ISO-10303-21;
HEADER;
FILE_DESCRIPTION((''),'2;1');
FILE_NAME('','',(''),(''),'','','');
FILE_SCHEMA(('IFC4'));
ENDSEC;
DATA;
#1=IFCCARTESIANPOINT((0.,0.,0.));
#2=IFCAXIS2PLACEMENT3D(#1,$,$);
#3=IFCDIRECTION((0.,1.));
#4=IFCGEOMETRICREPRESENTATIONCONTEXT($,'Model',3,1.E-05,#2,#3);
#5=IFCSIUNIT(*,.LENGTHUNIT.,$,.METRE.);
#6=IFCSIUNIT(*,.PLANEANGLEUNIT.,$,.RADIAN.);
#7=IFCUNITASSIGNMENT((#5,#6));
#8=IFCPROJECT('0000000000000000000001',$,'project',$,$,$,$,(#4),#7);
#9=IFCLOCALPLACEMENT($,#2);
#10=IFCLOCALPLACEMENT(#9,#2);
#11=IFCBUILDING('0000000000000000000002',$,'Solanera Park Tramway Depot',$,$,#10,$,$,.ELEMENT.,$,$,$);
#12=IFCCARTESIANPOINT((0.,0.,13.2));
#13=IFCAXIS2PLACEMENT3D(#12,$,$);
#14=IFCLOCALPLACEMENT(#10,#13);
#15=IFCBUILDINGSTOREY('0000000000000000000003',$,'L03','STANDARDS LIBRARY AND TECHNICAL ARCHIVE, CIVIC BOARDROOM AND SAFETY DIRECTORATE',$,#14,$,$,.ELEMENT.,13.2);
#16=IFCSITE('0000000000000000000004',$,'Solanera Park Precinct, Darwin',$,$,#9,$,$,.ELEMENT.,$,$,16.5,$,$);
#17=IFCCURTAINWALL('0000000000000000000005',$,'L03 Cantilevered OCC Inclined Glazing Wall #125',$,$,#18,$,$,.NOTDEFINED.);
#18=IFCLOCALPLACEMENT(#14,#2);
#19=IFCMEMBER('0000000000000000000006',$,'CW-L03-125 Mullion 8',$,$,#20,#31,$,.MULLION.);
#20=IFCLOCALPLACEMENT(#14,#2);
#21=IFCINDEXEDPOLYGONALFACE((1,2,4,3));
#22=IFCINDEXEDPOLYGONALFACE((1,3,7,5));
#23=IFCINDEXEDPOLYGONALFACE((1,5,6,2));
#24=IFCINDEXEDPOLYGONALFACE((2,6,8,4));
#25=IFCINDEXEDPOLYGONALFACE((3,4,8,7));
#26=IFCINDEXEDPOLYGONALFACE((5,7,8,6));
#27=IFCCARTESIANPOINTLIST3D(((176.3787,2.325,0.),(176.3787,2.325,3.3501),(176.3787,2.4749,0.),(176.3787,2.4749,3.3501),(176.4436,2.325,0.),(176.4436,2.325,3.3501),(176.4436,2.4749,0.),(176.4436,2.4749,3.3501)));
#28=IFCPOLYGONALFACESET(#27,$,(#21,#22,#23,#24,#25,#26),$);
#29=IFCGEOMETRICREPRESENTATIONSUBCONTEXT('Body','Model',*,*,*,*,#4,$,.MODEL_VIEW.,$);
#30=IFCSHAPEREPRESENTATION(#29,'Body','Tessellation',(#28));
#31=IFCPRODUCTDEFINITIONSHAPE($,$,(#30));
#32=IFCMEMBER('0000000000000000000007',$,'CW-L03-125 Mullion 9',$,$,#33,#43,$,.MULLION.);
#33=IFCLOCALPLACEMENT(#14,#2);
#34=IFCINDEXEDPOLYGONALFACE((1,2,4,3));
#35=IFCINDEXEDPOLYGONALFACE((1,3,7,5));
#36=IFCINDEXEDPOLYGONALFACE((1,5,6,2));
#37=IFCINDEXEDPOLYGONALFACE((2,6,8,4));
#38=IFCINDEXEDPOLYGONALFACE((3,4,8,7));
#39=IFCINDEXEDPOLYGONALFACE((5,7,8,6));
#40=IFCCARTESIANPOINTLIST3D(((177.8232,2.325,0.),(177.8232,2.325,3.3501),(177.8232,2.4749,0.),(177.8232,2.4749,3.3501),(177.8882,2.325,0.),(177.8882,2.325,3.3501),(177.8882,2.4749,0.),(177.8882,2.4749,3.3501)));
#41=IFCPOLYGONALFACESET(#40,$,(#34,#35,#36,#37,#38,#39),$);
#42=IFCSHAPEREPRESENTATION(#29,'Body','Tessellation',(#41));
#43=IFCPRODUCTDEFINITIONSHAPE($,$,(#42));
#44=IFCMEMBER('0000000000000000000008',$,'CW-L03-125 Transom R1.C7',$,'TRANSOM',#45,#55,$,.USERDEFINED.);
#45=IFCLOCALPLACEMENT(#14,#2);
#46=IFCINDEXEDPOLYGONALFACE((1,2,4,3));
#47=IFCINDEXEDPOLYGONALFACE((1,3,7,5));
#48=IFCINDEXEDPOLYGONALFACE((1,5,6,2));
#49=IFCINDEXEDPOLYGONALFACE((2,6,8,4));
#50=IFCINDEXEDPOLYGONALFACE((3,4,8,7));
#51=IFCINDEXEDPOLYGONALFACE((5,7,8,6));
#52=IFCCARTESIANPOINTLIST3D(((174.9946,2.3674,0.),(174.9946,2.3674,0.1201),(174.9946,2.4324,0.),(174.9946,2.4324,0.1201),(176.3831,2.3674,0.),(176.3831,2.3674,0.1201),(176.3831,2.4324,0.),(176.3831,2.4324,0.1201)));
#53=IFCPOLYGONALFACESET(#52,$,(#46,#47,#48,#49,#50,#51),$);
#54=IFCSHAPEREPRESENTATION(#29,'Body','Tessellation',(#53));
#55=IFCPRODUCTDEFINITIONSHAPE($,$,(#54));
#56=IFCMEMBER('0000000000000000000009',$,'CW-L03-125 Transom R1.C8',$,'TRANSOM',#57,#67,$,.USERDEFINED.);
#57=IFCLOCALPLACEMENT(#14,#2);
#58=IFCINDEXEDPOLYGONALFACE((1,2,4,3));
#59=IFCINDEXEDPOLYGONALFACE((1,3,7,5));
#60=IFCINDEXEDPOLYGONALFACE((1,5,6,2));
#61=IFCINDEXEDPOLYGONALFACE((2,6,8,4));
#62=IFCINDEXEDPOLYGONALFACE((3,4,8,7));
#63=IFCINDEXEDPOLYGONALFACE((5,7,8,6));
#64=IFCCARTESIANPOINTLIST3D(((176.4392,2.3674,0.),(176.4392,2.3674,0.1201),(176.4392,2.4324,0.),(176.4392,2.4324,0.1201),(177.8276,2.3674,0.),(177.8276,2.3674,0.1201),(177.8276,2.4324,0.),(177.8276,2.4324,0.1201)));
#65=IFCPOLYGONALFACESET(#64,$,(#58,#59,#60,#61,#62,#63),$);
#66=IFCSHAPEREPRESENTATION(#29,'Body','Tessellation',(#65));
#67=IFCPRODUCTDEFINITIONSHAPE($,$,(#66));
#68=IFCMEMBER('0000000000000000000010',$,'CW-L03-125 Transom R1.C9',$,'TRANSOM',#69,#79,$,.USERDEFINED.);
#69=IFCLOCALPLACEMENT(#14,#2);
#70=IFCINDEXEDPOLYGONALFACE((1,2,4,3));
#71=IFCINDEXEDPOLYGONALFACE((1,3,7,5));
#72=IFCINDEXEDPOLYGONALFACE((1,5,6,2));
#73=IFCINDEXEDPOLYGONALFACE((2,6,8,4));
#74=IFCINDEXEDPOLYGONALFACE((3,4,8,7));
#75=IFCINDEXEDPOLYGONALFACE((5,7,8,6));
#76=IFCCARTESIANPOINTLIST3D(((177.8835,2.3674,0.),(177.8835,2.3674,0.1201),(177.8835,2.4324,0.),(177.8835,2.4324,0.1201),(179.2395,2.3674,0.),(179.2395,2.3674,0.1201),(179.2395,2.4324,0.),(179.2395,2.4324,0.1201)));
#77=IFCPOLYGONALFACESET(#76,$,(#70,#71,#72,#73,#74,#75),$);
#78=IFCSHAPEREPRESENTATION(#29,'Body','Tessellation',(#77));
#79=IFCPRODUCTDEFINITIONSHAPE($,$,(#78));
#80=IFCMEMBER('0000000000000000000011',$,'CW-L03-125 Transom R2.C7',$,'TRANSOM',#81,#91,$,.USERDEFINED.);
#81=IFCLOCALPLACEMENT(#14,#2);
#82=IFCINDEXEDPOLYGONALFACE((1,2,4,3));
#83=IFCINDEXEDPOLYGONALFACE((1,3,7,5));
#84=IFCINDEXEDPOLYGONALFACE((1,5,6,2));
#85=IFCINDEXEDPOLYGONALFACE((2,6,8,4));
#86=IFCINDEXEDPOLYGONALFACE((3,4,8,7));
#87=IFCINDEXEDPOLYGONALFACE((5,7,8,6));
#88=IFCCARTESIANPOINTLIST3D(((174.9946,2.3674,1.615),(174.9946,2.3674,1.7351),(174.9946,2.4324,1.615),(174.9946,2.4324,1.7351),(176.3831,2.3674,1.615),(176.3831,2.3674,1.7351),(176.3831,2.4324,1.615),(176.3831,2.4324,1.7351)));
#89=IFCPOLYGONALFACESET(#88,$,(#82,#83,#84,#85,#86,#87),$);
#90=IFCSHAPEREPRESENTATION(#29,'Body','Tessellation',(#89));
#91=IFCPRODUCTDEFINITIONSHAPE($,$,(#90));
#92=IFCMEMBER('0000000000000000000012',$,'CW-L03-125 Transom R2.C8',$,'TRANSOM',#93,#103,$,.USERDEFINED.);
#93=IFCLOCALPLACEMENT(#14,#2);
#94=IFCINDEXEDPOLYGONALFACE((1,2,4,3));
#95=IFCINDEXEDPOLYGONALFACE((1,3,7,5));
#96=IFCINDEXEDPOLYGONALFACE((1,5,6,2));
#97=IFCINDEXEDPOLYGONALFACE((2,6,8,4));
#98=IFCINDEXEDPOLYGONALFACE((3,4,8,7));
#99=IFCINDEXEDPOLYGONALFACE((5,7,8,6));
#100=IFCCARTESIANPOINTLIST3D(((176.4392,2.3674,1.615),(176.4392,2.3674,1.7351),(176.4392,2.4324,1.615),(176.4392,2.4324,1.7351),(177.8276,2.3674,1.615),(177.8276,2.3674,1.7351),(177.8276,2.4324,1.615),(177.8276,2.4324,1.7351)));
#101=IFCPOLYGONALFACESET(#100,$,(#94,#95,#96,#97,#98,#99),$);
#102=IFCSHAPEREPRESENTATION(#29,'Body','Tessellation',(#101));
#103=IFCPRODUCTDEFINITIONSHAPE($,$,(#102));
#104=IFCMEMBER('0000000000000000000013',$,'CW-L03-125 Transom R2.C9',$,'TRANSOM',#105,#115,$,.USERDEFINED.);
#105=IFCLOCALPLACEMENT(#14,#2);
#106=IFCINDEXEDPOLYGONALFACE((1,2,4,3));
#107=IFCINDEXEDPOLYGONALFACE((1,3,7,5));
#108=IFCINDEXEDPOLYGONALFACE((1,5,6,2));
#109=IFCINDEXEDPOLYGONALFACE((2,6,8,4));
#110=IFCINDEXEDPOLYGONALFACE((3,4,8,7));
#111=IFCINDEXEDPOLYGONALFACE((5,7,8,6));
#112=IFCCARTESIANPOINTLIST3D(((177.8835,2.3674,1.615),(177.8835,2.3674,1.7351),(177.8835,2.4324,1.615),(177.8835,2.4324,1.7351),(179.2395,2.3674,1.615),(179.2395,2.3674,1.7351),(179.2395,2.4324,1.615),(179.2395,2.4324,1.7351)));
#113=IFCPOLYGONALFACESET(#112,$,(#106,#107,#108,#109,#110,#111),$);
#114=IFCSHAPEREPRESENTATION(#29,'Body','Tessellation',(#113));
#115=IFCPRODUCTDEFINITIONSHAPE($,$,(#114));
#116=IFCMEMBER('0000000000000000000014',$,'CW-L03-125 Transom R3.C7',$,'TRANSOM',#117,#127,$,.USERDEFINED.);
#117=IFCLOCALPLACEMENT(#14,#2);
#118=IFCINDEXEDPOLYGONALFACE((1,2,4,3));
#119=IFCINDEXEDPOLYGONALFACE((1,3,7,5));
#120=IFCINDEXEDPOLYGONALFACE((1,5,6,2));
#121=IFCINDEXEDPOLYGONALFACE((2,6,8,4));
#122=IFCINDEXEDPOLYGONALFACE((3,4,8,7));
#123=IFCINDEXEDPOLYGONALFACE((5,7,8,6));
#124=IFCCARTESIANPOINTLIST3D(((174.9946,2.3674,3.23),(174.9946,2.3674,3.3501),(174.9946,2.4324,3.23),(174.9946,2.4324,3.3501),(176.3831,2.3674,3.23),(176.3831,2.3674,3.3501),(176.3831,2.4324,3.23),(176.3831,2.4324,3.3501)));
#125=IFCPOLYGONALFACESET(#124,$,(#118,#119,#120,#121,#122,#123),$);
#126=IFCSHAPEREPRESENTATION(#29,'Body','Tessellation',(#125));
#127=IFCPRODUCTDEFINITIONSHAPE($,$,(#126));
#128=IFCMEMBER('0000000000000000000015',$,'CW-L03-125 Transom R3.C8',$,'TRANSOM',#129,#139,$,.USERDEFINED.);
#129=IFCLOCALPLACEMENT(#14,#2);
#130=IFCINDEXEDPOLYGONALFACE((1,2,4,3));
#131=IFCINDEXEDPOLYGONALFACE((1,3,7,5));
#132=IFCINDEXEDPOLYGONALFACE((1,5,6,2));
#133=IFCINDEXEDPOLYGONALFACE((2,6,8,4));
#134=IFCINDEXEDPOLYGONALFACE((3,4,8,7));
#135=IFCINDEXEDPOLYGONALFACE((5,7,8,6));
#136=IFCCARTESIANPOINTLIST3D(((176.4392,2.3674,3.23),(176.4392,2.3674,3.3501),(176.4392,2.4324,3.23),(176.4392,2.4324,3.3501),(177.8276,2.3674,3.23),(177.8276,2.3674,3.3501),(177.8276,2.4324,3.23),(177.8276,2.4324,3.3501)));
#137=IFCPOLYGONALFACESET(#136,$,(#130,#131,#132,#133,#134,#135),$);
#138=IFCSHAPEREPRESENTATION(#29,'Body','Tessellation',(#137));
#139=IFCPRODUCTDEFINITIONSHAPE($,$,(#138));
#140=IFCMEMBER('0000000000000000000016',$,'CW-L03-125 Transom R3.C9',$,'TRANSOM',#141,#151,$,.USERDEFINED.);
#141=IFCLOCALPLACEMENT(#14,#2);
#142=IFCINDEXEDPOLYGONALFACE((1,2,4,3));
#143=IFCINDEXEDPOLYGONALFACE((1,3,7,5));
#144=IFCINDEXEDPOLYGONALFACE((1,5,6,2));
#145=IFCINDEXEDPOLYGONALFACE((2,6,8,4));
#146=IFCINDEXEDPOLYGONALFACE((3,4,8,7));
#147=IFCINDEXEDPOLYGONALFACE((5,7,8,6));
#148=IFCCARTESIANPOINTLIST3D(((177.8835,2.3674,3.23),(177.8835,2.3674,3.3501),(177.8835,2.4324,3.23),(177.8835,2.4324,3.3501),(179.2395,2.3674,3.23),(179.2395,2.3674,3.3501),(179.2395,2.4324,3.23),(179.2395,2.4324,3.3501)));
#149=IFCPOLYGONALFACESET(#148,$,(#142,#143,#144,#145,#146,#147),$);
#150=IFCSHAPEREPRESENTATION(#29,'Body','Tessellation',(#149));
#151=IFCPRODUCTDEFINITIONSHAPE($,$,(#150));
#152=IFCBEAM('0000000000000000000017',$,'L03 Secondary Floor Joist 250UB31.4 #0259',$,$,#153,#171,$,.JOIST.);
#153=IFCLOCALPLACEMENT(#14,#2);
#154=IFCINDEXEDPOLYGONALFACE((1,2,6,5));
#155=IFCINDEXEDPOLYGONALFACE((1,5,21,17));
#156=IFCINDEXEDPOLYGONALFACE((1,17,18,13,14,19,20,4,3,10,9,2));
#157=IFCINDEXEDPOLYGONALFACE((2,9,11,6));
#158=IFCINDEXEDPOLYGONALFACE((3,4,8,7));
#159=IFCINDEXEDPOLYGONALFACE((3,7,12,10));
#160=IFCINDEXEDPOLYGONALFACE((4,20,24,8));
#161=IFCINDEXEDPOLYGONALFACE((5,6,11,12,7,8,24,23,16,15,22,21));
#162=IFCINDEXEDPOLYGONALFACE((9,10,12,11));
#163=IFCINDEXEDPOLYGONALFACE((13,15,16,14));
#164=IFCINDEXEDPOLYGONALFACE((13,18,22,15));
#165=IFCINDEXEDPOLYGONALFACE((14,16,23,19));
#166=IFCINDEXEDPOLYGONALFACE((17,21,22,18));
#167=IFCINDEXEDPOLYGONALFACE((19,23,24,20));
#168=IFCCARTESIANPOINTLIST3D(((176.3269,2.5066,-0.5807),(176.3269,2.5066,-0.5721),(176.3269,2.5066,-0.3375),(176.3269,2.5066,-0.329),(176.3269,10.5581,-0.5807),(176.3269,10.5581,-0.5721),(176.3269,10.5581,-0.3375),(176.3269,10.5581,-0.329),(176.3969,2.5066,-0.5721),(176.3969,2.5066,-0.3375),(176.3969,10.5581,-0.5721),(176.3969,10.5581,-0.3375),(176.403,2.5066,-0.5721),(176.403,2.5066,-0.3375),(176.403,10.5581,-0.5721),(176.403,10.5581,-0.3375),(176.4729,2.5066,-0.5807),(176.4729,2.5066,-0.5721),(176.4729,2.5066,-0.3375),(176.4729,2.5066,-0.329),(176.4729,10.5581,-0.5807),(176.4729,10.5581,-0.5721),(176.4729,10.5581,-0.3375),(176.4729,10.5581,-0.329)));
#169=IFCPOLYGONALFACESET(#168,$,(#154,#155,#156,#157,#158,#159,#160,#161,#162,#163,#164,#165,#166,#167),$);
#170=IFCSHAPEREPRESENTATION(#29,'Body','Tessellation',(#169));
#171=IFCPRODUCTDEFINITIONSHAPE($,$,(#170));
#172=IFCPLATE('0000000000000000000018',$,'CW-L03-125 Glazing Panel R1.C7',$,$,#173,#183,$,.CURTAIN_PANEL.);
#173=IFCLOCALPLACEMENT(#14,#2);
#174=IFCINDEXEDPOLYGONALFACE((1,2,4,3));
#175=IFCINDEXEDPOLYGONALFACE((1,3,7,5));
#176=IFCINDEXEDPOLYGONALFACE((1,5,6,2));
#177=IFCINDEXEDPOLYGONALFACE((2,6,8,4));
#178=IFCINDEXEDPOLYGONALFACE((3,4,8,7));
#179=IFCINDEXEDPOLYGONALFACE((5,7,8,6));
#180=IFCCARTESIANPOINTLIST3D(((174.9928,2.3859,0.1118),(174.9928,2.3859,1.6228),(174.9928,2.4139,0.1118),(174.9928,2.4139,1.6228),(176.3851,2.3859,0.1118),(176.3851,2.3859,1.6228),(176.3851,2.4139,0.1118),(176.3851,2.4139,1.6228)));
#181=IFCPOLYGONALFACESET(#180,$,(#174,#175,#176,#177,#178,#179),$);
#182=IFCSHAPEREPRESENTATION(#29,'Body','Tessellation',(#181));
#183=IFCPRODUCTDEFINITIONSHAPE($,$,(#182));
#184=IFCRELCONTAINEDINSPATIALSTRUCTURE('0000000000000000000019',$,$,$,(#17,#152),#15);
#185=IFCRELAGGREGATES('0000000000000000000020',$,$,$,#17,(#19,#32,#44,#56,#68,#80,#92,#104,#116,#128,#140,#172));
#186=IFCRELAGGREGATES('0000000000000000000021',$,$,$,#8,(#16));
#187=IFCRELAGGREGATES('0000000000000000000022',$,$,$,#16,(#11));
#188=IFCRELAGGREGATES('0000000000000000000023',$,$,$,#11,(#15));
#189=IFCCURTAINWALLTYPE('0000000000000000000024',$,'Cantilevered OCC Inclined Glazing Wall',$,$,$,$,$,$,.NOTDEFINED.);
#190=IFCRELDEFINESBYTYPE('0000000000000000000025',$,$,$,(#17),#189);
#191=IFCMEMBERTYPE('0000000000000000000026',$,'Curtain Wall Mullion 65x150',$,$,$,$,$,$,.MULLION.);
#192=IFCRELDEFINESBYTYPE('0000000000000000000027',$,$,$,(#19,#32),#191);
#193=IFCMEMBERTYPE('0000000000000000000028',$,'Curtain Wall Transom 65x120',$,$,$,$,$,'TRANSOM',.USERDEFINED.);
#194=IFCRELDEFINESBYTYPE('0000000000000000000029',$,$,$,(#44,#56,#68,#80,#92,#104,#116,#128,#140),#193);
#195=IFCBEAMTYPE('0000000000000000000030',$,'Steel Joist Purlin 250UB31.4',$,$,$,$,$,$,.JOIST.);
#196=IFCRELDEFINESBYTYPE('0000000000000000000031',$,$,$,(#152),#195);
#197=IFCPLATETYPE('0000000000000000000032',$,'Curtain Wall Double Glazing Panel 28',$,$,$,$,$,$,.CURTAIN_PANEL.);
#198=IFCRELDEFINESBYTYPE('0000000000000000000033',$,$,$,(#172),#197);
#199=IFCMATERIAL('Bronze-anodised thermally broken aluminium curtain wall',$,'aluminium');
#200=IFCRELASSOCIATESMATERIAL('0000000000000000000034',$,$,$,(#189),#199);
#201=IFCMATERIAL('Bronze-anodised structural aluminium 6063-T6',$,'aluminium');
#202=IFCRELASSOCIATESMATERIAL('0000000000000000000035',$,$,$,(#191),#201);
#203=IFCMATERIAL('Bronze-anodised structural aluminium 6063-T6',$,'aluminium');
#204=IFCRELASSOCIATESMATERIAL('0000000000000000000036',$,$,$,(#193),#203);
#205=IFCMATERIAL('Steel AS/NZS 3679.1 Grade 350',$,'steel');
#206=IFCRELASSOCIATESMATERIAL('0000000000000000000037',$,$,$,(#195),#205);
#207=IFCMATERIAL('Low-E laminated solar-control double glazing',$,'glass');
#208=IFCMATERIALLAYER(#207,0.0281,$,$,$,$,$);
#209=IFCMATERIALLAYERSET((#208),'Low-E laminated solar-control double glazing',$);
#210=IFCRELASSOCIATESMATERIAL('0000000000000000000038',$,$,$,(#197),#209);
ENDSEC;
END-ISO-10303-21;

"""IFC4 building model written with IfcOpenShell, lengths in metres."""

from ifc_helpers import new_model, si_unit, direction, frame, origin, origin_2d, place, context, subcontext, project, spatial, rectangle, i_section, extrude, material, layer, layer_set, material_profile, profile_set, type_object, element, aggregate, save


model = new_model("IFC4")

# Units and contexts
model_context = context("Model", 3, precision=1e-05, world=origin(), true_north=direction((0.0, 1.0)))
body_context = subcontext(model_context, "Body", "Model", "MODEL_VIEW")
ifc_project = project(units=[si_unit("LENGTHUNIT", "METRE"), si_unit("PLANEANGLEUNIT", "RADIAN")], contexts=[model_context])

# Site, building, storey
site_placement = place(None, origin())
site = spatial("IfcSite", under=ifc_project, at=site_placement, Name="Solanera Park Precinct, Darwin", CompositionType="ELEMENT", RefElevation=16.5)
building_placement = place(site_placement, origin())
building = spatial("IfcBuilding", under=site, at=building_placement, Name="Solanera Park Tramway Depot", CompositionType="ELEMENT")
storey_placement = place(building_placement, frame((0.0, 0.0, 13.2)))
storey = spatial("IfcBuildingStorey", under=building, at=storey_placement, Name="L03", Description="STANDARDS LIBRARY AND TECHNICAL ARCHIVE, CIVIC BOARDROOM AND SAFETY DIRECTORATE", CompositionType="ELEMENT", Elevation=13.2)

# Curtain wall, members
ifc_material_1 = material(Name="Bronze-anodised thermally broken aluminium curtain wall", Category="aluminium")
curtain_wall_type = type_object("IfcCurtainWallType", Name="Cantilevered OCC Inclined Glazing Wall", PredefinedType="NOTDEFINED", material=ifc_material_1)
curtain_wall_placement = place(storey_placement, origin())
curtain_wall = element("IfcCurtainWall", 1, at=curtain_wall_placement, inside=storey, type_object=curtain_wall_type, Name="L03 Cantilevered OCC Inclined Glazing Wall #125", PredefinedType="NOTDEFINED")
ifc_material_2 = material(Name="Bronze-anodised structural aluminium 6063-T6", Category="aluminium")
ifc_material_profile_1 = material_profile(ifc_material_2, rectangle(XDim=0.0649, YDim=0.1499, at=origin_2d()), Name="Curtain Wall Mullion 65x150")
ifc_profile_set_1 = profile_set([ifc_material_profile_1], Name="Bronze-anodised structural aluminium 6063-T6")
member_type_1 = type_object("IfcMemberType", Name="Curtain Wall Mullion 65x150", PredefinedType="MULLION", material=ifc_profile_set_1)
member_1_placement = place(storey_placement, frame((176.4111, 2.3999, 0.0), z_axis=(0.0, 0.0, 1.0), x_axis=(1.0, 0.0, 0.0)))
member_1 = element("IfcMember", 2, at=member_1_placement, type_object=member_type_1, Name="CW-L03-125 Mullion 8", PredefinedType="MULLION", context=body_context, shape_type="SweptSolid", body=[
    extrude(rectangle(XDim=0.0649, YDim=0.1499, at=origin_2d()), origin(), (0.0, 0.0, 1.0), 3.3501),
])
member_2_placement = place(storey_placement, frame((177.8557, 2.3999, 0.0), z_axis=(0.0, 0.0, 1.0), x_axis=(1.0, 0.0, 0.0)))
member_2 = element("IfcMember", 3, at=member_2_placement, type_object=member_type_1, Name="CW-L03-125 Mullion 9", PredefinedType="MULLION", context=body_context, shape_type="SweptSolid", body=[
    extrude(rectangle(XDim=0.0649, YDim=0.1499, at=origin_2d()), origin(), (0.0, 0.0, 1.0), 3.3501),
])
ifc_material_3 = material(Name="Bronze-anodised structural aluminium 6063-T6", Category="aluminium")
ifc_material_profile_2 = material_profile(ifc_material_3, rectangle(XDim=0.0649, YDim=0.1201, at=origin_2d()), Name="Curtain Wall Transom 65x120")
ifc_profile_set_2 = profile_set([ifc_material_profile_2], Name="Bronze-anodised structural aluminium 6063-T6")
member_type_2 = type_object("IfcMemberType", Name="Curtain Wall Transom 65x120", ElementType="TRANSOM", PredefinedType="USERDEFINED", material=ifc_profile_set_2)
member_3_placement = place(storey_placement, frame((174.9946, 2.3999, 0.0601), z_axis=(1.0, 0.0, 0.0), x_axis=(0.0, 1.0, 0.0)))
member_3 = element("IfcMember", 4, at=member_3_placement, type_object=member_type_2, Name="CW-L03-125 Transom R1.C7", ObjectType="TRANSOM", PredefinedType="USERDEFINED", context=body_context, shape_type="SweptSolid", body=[
    extrude(rectangle(XDim=0.0649, YDim=0.1201, at=origin_2d()), origin(), (0.0, 0.0, 1.0), 1.3884),
])
member_4_placement = place(storey_placement, frame((176.4392, 2.3999, 0.0601), z_axis=(1.0, 0.0, 0.0), x_axis=(0.0, 1.0, 0.0)))
member_4 = element("IfcMember", 5, at=member_4_placement, type_object=member_type_2, Name="CW-L03-125 Transom R1.C8", ObjectType="TRANSOM", PredefinedType="USERDEFINED", context=body_context, shape_type="SweptSolid", body=[
    extrude(rectangle(XDim=0.0649, YDim=0.1201, at=origin_2d()), origin(), (0.0, 0.0, 1.0), 1.3884),
])
member_5_placement = place(storey_placement, frame((177.8835, 2.3999, 0.0601), z_axis=(1.0, 0.0, 0.0), x_axis=(0.0, 1.0, 0.0)))
member_5 = element("IfcMember", 6, at=member_5_placement, type_object=member_type_2, Name="CW-L03-125 Transom R1.C9", ObjectType="TRANSOM", PredefinedType="USERDEFINED", context=body_context, shape_type="SweptSolid", body=[
    extrude(rectangle(XDim=0.0649, YDim=0.1201, at=origin_2d()), origin(), (0.0, 0.0, 1.0), 1.356),
])
member_6_placement = place(storey_placement, frame((174.9946, 2.3999, 1.675), z_axis=(1.0, 0.0, 0.0), x_axis=(0.0, 1.0, 0.0)))
member_6 = element("IfcMember", 7, at=member_6_placement, type_object=member_type_2, Name="CW-L03-125 Transom R2.C7", ObjectType="TRANSOM", PredefinedType="USERDEFINED", context=body_context, shape_type="SweptSolid", body=[
    extrude(rectangle(XDim=0.0649, YDim=0.1201, at=origin_2d()), origin(), (0.0, 0.0, 1.0), 1.3884),
])
member_7_placement = place(storey_placement, frame((176.4392, 2.3999, 1.675), z_axis=(1.0, 0.0, 0.0), x_axis=(0.0, 1.0, 0.0)))
member_7 = element("IfcMember", 8, at=member_7_placement, type_object=member_type_2, Name="CW-L03-125 Transom R2.C8", ObjectType="TRANSOM", PredefinedType="USERDEFINED", context=body_context, shape_type="SweptSolid", body=[
    extrude(rectangle(XDim=0.0649, YDim=0.1201, at=origin_2d()), origin(), (0.0, 0.0, 1.0), 1.3884),
])
member_8_placement = place(storey_placement, frame((177.8835, 2.3999, 1.675), z_axis=(1.0, 0.0, 0.0), x_axis=(0.0, 1.0, 0.0)))
member_8 = element("IfcMember", 9, at=member_8_placement, type_object=member_type_2, Name="CW-L03-125 Transom R2.C9", ObjectType="TRANSOM", PredefinedType="USERDEFINED", context=body_context, shape_type="SweptSolid", body=[
    extrude(rectangle(XDim=0.0649, YDim=0.1201, at=origin_2d()), origin(), (0.0, 0.0, 1.0), 1.356),
])
member_9_placement = place(storey_placement, frame((174.9946, 2.3999, 3.29), z_axis=(1.0, 0.0, 0.0), x_axis=(0.0, 1.0, 0.0)))
member_9 = element("IfcMember", 10, at=member_9_placement, type_object=member_type_2, Name="CW-L03-125 Transom R3.C7", ObjectType="TRANSOM", PredefinedType="USERDEFINED", context=body_context, shape_type="SweptSolid", body=[
    extrude(rectangle(XDim=0.0649, YDim=0.1201, at=origin_2d()), origin(), (0.0, 0.0, 1.0), 1.3884),
])
member_10_placement = place(storey_placement, frame((176.4392, 2.3999, 3.29), z_axis=(1.0, 0.0, 0.0), x_axis=(0.0, 1.0, 0.0)))
member_10 = element("IfcMember", 11, at=member_10_placement, type_object=member_type_2, Name="CW-L03-125 Transom R3.C8", ObjectType="TRANSOM", PredefinedType="USERDEFINED", context=body_context, shape_type="SweptSolid", body=[
    extrude(rectangle(XDim=0.0649, YDim=0.1201, at=origin_2d()), origin(), (0.0, 0.0, 1.0), 1.3884),
])
member_11_placement = place(storey_placement, frame((177.8835, 2.3999, 3.29), z_axis=(1.0, 0.0, 0.0), x_axis=(0.0, 1.0, 0.0)))
member_11 = element("IfcMember", 12, at=member_11_placement, type_object=member_type_2, Name="CW-L03-125 Transom R3.C9", ObjectType="TRANSOM", PredefinedType="USERDEFINED", context=body_context, shape_type="SweptSolid", body=[
    extrude(rectangle(XDim=0.0649, YDim=0.1201, at=origin_2d()), origin(), (0.0, 0.0, 1.0), 1.356),
])

# Beam
ifc_material_4 = material(Name="Steel AS/NZS 3679.1 Grade 350", Category="steel")
ifc_material_profile_3 = material_profile(ifc_material_4, i_section(OverallWidth=0.146, OverallDepth=0.2517, WebThickness=0.0061, FlangeThickness=0.0085, at=origin_2d()), Name="250UB31.4")
ifc_profile_set_3 = profile_set([ifc_material_profile_3], Name="Steel AS/NZS 3679.1 Grade 350")
beam_type = type_object("IfcBeamType", Name="Steel Joist Purlin 250UB31.4", PredefinedType="JOIST", material=ifc_profile_set_3)
beam_placement = place(storey_placement, frame((176.3999, 2.5066, -0.4548), z_axis=(0.0, 1.0, 0.0), x_axis=(-1.0, 0.0, 0.0)))
element("IfcBeam", 13, at=beam_placement, inside=storey, type_object=beam_type, Name="L03 Secondary Floor Joist 250UB31.4 #0259", PredefinedType="JOIST", context=body_context, shape_type="SweptSolid", body=[
    extrude(i_section(OverallWidth=0.146, OverallDepth=0.2517, WebThickness=0.0061, FlangeThickness=0.0085, at=origin_2d()), origin(), (0.0, 0.0, 1.0), 8.0515),
])

# Plate
ifc_material_5 = material(Name="Low-E laminated solar-control double glazing", Category="glass")
ifc_layer_1 = layer(ifc_material_5, 0.0281)
ifc_layer_set_1 = layer_set([ifc_layer_1], Name="Low-E laminated solar-control double glazing")
plate_type = type_object("IfcPlateType", Name="Curtain Wall Double Glazing Panel 28", PredefinedType="CURTAIN_PANEL", material=ifc_layer_set_1)
plate_1_placement = place(storey_placement, frame((175.689, 2.3999, 0.1118), z_axis=(0.0, 0.0, 1.0), x_axis=(1.0, 0.0, 0.0)))
plate_1 = element("IfcPlate", 14, at=plate_1_placement, type_object=plate_type, Name="CW-L03-125 Glazing Panel R1.C7", PredefinedType="CURTAIN_PANEL", context=body_context, shape_type="SweptSolid", body=[
    extrude(rectangle(XDim=1.3923, YDim=0.0281, at=origin_2d()), origin(), (0.0, 0.0, 1.0), 1.511),
])
aggregate(curtain_wall, [member_1, member_2, member_3, member_4, member_5, member_6, member_7, member_8, member_9, member_10, member_11, plate_1])

save(model, "model.ifc")
